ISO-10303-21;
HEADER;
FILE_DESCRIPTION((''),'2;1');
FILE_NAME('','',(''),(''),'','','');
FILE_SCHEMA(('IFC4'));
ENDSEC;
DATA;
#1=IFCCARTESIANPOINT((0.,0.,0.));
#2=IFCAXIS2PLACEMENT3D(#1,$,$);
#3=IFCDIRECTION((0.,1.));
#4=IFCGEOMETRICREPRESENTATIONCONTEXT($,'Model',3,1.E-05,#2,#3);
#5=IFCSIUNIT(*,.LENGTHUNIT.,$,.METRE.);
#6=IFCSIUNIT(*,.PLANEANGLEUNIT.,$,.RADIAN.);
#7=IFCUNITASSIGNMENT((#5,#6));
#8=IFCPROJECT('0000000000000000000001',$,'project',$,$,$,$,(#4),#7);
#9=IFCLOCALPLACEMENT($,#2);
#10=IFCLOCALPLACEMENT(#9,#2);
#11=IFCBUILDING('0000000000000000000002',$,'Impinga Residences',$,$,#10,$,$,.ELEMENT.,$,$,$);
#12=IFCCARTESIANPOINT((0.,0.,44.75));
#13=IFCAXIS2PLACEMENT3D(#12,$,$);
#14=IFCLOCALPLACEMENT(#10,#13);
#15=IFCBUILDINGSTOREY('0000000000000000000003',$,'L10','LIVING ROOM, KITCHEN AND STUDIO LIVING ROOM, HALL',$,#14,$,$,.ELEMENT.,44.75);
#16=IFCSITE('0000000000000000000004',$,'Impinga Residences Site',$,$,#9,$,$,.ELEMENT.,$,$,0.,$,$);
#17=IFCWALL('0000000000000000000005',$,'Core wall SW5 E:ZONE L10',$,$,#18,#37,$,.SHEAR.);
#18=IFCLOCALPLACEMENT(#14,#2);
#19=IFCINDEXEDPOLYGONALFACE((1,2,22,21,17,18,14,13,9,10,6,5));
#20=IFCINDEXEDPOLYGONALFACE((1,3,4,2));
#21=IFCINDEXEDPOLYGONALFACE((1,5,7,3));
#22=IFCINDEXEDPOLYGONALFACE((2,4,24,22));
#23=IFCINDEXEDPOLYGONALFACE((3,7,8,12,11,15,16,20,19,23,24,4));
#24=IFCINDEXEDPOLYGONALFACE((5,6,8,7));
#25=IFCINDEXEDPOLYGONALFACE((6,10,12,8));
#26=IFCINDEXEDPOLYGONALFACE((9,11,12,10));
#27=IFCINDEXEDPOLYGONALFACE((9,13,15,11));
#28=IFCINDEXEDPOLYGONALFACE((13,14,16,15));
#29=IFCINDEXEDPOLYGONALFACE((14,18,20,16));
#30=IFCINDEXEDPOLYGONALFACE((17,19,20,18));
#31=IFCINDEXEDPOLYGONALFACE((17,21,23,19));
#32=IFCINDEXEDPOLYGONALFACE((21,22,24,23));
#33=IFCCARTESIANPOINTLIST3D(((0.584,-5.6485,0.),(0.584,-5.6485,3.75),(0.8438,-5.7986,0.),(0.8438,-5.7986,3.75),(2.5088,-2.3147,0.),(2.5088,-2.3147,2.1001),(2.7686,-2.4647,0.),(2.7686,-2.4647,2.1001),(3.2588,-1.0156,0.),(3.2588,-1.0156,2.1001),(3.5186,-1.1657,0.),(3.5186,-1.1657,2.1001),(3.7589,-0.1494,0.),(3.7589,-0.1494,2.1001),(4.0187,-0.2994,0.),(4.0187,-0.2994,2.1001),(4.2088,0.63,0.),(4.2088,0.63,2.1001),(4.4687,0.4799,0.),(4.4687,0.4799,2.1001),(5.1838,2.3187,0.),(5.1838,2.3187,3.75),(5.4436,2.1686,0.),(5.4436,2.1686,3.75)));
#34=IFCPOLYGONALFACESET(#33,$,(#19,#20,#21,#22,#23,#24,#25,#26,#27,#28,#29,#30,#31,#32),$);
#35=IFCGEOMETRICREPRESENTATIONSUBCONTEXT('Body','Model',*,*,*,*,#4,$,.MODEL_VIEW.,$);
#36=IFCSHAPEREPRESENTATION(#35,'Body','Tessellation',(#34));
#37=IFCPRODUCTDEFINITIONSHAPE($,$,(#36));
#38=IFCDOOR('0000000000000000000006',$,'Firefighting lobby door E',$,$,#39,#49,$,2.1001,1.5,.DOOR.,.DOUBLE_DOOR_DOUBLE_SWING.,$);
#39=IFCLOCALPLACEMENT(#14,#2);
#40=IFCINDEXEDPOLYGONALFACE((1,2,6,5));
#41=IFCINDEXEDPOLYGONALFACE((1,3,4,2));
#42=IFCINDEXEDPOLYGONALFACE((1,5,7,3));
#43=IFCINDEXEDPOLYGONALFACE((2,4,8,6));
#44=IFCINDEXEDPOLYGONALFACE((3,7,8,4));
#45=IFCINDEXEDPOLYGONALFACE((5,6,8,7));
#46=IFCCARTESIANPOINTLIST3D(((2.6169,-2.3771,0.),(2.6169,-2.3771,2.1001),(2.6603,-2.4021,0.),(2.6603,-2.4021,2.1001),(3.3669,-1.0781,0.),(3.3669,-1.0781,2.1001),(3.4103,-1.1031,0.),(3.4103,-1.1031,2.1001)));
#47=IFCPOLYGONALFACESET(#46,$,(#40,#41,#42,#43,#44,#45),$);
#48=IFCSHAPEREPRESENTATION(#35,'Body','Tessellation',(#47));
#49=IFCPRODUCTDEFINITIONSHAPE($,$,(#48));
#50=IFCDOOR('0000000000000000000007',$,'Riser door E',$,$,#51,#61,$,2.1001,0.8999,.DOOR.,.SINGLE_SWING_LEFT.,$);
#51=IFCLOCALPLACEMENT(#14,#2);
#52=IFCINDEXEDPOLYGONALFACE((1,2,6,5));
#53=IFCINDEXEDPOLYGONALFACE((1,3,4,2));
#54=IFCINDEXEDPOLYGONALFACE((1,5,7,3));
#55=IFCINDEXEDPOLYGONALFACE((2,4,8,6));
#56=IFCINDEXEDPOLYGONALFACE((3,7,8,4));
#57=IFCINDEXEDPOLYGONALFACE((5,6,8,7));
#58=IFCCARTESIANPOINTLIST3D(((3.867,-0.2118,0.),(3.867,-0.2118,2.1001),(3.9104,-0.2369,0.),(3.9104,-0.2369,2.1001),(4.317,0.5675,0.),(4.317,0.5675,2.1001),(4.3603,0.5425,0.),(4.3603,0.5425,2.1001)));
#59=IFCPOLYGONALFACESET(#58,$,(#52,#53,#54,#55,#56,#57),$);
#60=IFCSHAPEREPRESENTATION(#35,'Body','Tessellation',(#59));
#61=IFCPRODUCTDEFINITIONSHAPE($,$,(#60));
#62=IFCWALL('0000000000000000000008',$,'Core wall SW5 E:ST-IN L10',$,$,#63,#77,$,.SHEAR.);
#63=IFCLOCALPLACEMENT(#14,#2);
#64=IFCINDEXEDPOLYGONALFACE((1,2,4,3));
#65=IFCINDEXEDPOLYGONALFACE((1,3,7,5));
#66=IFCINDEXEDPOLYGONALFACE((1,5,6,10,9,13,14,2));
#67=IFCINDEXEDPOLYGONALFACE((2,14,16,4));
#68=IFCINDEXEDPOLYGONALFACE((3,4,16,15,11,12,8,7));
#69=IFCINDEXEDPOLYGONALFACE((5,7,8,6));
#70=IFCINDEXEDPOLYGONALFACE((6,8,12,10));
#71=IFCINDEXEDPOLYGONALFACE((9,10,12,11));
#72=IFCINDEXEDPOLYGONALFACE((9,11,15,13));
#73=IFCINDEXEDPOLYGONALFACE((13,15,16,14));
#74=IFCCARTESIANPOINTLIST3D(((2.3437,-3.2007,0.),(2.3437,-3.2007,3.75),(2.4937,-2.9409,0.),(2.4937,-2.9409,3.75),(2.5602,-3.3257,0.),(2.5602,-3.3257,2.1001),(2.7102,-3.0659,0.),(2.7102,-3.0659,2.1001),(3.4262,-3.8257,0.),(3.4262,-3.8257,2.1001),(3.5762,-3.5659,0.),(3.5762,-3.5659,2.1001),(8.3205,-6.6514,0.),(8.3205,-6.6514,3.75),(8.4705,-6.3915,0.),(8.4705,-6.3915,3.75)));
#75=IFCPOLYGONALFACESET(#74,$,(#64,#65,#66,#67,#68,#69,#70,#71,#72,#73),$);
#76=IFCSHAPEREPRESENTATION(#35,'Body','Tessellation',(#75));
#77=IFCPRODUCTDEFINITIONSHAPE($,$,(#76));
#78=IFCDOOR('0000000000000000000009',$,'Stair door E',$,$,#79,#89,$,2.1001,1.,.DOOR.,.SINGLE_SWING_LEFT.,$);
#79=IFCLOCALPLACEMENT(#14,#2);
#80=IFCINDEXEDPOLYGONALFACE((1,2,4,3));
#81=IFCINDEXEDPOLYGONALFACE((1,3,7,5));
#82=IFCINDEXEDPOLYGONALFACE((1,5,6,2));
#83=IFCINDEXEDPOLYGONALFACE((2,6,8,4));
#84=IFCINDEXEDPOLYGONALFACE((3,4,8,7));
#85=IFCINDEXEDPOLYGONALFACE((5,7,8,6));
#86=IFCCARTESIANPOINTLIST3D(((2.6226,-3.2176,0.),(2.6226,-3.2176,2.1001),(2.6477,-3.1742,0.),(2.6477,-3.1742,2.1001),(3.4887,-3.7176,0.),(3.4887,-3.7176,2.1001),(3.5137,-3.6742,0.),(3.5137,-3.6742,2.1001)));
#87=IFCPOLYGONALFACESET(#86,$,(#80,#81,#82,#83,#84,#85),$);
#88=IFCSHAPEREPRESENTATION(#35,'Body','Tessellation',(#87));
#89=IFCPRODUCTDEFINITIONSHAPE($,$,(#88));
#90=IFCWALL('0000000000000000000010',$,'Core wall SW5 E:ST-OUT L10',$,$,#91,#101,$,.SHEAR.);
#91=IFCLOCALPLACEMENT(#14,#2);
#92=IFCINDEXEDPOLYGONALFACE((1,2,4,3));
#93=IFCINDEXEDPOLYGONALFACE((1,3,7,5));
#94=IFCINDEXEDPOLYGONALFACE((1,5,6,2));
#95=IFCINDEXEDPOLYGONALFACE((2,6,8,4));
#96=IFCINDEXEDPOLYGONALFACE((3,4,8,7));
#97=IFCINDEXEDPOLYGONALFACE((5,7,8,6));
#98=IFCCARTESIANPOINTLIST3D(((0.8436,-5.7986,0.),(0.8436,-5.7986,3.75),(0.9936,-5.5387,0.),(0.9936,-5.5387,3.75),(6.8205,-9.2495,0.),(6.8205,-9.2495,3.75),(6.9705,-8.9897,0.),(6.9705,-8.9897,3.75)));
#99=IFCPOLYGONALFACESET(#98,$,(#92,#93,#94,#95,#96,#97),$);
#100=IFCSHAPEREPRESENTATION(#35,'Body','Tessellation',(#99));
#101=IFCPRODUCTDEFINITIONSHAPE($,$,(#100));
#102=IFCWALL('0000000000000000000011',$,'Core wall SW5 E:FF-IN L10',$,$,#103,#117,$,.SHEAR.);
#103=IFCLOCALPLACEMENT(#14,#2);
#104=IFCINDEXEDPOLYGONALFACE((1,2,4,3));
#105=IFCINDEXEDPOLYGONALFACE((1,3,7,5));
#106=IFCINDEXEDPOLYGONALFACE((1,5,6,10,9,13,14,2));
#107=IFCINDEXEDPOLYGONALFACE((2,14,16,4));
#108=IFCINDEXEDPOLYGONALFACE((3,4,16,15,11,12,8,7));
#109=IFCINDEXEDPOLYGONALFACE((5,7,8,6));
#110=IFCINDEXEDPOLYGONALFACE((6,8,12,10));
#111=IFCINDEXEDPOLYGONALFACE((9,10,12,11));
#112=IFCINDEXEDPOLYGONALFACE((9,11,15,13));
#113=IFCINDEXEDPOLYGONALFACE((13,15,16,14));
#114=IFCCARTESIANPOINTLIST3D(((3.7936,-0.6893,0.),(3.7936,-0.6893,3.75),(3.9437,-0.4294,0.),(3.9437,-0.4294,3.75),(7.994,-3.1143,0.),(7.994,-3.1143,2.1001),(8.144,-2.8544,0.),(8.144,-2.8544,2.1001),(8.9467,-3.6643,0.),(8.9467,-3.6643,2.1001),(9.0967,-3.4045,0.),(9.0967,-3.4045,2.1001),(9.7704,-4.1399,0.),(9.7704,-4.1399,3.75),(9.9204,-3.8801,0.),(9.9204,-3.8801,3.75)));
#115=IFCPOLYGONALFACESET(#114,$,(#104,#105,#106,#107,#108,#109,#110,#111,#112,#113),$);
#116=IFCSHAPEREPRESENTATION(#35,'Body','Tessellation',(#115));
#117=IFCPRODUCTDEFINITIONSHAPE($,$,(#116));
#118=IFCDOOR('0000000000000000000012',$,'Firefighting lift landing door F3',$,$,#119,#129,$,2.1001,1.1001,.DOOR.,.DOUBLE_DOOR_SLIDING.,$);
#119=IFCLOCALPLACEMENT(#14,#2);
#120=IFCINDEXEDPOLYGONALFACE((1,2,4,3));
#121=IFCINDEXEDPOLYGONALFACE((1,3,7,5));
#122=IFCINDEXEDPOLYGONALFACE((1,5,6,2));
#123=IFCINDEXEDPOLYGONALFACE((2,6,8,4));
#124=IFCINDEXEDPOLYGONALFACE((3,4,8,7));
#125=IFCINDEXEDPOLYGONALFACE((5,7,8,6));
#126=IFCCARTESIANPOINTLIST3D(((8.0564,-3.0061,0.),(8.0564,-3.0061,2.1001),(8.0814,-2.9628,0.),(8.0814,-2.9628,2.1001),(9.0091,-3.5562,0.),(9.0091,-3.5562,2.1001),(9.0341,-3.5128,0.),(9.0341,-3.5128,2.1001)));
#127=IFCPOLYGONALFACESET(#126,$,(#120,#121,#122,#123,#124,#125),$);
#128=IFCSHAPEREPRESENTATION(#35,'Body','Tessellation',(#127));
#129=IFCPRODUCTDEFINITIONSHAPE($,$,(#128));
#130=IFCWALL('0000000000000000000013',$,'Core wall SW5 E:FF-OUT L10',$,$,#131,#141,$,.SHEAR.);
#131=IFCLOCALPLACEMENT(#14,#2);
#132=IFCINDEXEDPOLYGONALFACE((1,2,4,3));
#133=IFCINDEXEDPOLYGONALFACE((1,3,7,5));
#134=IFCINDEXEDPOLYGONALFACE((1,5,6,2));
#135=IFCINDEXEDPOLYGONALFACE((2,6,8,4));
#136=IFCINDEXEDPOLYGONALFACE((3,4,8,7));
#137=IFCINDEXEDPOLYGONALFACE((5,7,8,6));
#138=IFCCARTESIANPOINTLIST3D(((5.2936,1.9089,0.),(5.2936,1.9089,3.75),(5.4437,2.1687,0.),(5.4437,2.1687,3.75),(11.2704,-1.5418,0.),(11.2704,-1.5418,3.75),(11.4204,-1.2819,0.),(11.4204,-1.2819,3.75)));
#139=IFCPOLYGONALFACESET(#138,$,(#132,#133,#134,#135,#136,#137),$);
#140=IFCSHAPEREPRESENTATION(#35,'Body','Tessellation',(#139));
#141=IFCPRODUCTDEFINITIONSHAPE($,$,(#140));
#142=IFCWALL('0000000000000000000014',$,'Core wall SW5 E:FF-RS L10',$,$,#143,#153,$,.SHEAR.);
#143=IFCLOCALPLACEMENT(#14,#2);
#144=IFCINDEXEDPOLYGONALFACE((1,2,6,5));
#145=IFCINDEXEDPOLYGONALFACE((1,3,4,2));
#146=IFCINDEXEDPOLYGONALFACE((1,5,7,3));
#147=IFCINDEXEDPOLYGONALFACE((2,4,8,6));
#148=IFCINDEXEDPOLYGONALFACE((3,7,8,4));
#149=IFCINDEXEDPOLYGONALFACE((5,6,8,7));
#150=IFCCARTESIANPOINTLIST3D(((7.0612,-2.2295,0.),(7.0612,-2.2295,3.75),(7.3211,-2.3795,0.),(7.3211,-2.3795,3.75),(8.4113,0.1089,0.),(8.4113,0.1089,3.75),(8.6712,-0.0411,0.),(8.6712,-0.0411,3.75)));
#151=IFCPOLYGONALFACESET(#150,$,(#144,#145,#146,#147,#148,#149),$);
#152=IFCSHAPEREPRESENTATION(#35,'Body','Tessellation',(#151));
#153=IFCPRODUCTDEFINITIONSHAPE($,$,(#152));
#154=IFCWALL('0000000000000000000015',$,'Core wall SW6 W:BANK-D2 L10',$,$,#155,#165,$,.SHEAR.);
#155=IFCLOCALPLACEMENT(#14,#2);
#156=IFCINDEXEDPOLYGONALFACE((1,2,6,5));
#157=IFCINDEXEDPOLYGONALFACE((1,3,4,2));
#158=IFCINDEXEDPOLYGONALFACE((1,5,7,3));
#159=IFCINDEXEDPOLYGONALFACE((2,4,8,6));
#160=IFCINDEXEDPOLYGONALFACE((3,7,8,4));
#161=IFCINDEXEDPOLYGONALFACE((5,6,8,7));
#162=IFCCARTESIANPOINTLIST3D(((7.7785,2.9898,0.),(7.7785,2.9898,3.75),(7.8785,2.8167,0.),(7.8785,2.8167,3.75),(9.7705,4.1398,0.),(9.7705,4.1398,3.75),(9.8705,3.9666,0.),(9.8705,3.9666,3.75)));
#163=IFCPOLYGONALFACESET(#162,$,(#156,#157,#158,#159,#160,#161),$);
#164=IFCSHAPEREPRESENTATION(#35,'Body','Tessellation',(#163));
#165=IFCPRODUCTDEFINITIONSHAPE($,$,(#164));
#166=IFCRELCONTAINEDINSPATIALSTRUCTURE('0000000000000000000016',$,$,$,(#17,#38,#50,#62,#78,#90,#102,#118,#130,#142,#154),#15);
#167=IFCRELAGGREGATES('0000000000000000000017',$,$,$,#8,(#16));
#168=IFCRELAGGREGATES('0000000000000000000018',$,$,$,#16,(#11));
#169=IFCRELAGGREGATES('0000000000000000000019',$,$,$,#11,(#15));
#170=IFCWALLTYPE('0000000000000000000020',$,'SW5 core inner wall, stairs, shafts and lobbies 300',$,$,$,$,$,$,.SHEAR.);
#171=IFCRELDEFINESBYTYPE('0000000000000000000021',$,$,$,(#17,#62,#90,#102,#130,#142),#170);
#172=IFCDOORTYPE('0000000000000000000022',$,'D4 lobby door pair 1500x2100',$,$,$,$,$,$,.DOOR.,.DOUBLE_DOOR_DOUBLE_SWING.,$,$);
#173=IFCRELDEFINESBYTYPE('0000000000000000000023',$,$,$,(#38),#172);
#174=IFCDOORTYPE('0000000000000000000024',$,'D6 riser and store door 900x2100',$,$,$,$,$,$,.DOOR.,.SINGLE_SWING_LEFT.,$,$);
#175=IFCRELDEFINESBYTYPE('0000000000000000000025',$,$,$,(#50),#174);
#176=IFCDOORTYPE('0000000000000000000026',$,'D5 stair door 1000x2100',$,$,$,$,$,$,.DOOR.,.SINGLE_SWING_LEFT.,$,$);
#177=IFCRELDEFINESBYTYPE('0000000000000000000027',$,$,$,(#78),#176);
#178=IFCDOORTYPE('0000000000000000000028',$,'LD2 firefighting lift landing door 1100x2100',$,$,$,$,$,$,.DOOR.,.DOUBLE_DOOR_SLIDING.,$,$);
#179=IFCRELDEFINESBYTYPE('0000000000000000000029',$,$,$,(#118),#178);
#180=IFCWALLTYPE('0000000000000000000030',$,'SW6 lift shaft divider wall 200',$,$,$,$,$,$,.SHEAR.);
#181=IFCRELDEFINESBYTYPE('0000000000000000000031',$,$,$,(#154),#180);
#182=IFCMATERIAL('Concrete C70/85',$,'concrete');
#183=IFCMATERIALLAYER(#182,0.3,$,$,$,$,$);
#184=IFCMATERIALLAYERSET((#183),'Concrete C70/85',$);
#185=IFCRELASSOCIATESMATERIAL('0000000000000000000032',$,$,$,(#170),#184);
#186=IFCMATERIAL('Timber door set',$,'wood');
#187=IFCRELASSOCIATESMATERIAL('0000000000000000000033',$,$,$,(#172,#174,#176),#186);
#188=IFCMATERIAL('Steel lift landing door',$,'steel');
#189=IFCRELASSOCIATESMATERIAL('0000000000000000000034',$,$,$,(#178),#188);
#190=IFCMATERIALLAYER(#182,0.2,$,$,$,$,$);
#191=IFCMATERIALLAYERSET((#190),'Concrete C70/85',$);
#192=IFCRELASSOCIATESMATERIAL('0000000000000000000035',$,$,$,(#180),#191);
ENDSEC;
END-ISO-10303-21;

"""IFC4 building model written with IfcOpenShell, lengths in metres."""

from ifc_helpers import new_model, si_unit, direction, frame, frame_2d, origin, place, context, subcontext, project, spatial, rectangle, extrude, material, layer, layer_set, type_object, element, fill, save


model = new_model("IFC4")

# Units and contexts
model_context = context("Model", 3, precision=1e-05, world=origin(), true_north=direction((0.0, 1.0)))
body_context = subcontext(model_context, "Body", "Model", "MODEL_VIEW")
ifc_project = project(units=[si_unit("LENGTHUNIT", "METRE"), si_unit("PLANEANGLEUNIT", "RADIAN")], contexts=[model_context])

# Site, building, storey
site_placement = place(None, origin())
site = spatial("IfcSite", under=ifc_project, at=site_placement, Name="Impinga Residences Site", CompositionType="ELEMENT", RefElevation=0.0)
building_placement = place(site_placement, origin())
building = spatial("IfcBuilding", under=site, at=building_placement, Name="Impinga Residences", CompositionType="ELEMENT")
storey_placement = place(building_placement, frame((0.0, 0.0, 44.75)))
storey = spatial("IfcBuildingStorey", under=building, at=storey_placement, Name="L10", Description="LIVING ROOM, KITCHEN AND STUDIO LIVING ROOM, HALL", CompositionType="ELEMENT", Elevation=44.75)

# Wall, openings, doors
ifc_material_1 = material(Name="Concrete C70/85", Category="concrete")
ifc_layer_1 = layer(ifc_material_1, 0.3)
ifc_layer_set_1 = layer_set([ifc_layer_1], Name="Concrete C70/85")
wall_type_1 = type_object("IfcWallType", Name="SW5 core inner wall, stairs, shafts and lobbies 300", PredefinedType="SHEAR", material=ifc_layer_set_1)
wall_1_placement = place(storey_placement, frame((5.3137, 2.2437, 0.0), z_axis=(0.0, 0.0, 1.0), x_axis=(-0.499995, -0.866028, 0.0)))
wall_1 = element("IfcWall", 1, at=wall_1_placement, inside=storey, type_object=wall_type_1, Name="Core wall SW5 E:ZONE L10", PredefinedType="SHEAR", context=body_context, shape_type="SweptSolid", body=[
    extrude(rectangle(XDim=9.1997, YDim=0.3, at=frame_2d((4.5999, 0.0))), origin(), (0.0, 0.0, 1.0), 3.75),
])
opening_1_placement = place(wall_1_placement, frame((3.8501, 0.0, 0.0)))
opening_1 = element("IfcOpeningElement", 2, at=opening_1_placement, cuts=wall_1, PredefinedType="OPENING", context=body_context, shape_type="SweptSolid", body=[
    extrude(rectangle(XDim=1.5, YDim=2.1001, at=frame_2d((0.75, 1.05))), frame((0.0, 0.1599, 0.0), z_axis=(0.0, -1.0, 0.0), x_axis=(1.0, 0.0, 0.0)), (0.0, 0.0, 1.0), 0.3201),
])
opening_2_placement = place(wall_1_placement, frame((1.95, 0.0, 0.0)))
opening_2 = element("IfcOpeningElement", 3, at=opening_2_placement, cuts=wall_1, PredefinedType="OPENING", context=body_context, shape_type="SweptSolid", body=[
    extrude(rectangle(XDim=0.8999, YDim=2.1001, at=frame_2d((0.45, 1.05))), frame((0.0, 0.1599, 0.0), z_axis=(0.0, -1.0, 0.0), x_axis=(1.0, 0.0, 0.0)), (0.0, 0.0, 1.0), 0.3201),
])
ifc_material_2 = material(Name="Timber door set", Category="wood")
door_type_1 = type_object("IfcDoorType", Name="D4 lobby door pair 1500x2100", OperationType="DOUBLE_DOOR_DOUBLE_SWING", PredefinedType="DOOR", material=ifc_material_2)
door_1_placement = place(opening_1_placement, origin())
door_1 = element("IfcDoor", 4, at=door_1_placement, inside=storey, type_object=door_type_1, Name="Firefighting lobby door E", OperationType="DOUBLE_DOOR_DOUBLE_SWING", OverallHeight=2.1001, OverallWidth=1.5, PredefinedType="DOOR", context=body_context, shape_type="SweptSolid", body=[
    extrude(rectangle(XDim=1.5, YDim=2.1001, at=frame_2d((0.75, 1.05))), frame((0.0, 0.0249, 0.0), z_axis=(0.0, -1.0, 0.0), x_axis=(1.0, 0.0, 0.0)), (0.0, 0.0, 1.0), 0.05),
])
fill(opening_1, door_1)
door_type_2 = type_object("IfcDoorType", Name="D6 riser and store door 900x2100", OperationType="SINGLE_SWING_LEFT", PredefinedType="DOOR", material=ifc_material_2)
door_2_placement = place(opening_2_placement, origin())
door_2 = element("IfcDoor", 5, at=door_2_placement, inside=storey, type_object=door_type_2, Name="Riser door E", OperationType="SINGLE_SWING_LEFT", OverallHeight=2.1001, OverallWidth=0.8999, PredefinedType="DOOR", context=body_context, shape_type="SweptSolid", body=[
    extrude(rectangle(XDim=0.8999, YDim=2.1001, at=frame_2d((0.45, 1.05))), frame((0.0, 0.0249, 0.0), z_axis=(0.0, -1.0, 0.0), x_axis=(1.0, 0.0, 0.0)), (0.0, 0.0, 1.0), 0.05),
])
fill(opening_2, door_2)

# Wall, opening, door
wall_2_placement = place(storey_placement, frame((2.4187, -3.0708, 0.0), z_axis=(0.0, 0.0, 1.0), x_axis=(0.866027, -0.499997, 0.0)))
wall_2 = element("IfcWall", 6, at=wall_2_placement, inside=storey, type_object=wall_type_1, Name="Core wall SW5 E:ST-IN L10", PredefinedType="SHEAR", context=body_context, shape_type="SweptSolid", body=[
    extrude(rectangle(XDim=6.9014, YDim=0.3, at=frame_2d((3.4507, 0.0))), origin(), (0.0, 0.0, 1.0), 3.75),
])
opening_3_placement = place(wall_2_placement, frame((0.25, 0.0, 0.0)))
opening_3 = element("IfcOpeningElement", 7, at=opening_3_placement, cuts=wall_2, PredefinedType="OPENING", context=body_context, shape_type="SweptSolid", body=[
    extrude(rectangle(XDim=1.0, YDim=2.1001, at=frame_2d((0.5, 1.05))), frame((0.0, 0.1599, 0.0), z_axis=(0.0, -1.0, 0.0), x_axis=(1.0, 0.0, 0.0)), (0.0, 0.0, 1.0), 0.3201),
])
door_type_3 = type_object("IfcDoorType", Name="D5 stair door 1000x2100", OperationType="SINGLE_SWING_LEFT", PredefinedType="DOOR", material=ifc_material_2)
door_3_placement = place(opening_3_placement, origin())
door_3 = element("IfcDoor", 8, at=door_3_placement, inside=storey, type_object=door_type_3, Name="Stair door E", OperationType="SINGLE_SWING_LEFT", OverallHeight=2.1001, OverallWidth=1.0, PredefinedType="DOOR", context=body_context, shape_type="SweptSolid", body=[
    extrude(rectangle(XDim=1.0, YDim=2.1001, at=frame_2d((0.5, 1.05))), frame((0.0, 0.0249, 0.0), z_axis=(0.0, -1.0, 0.0), x_axis=(1.0, 0.0, 0.0)), (0.0, 0.0, 1.0), 0.05),
])
fill(opening_3, door_3)

# Wall
wall_3_placement = place(storey_placement, frame((0.9187, -5.6687, 0.0), z_axis=(0.0, 0.0, 1.0), x_axis=(0.866012, -0.500024, 0.0)))
element("IfcWall", 9, at=wall_3_placement, inside=storey, type_object=wall_type_1, Name="Core wall SW5 E:ST-OUT L10", PredefinedType="SHEAR", context=body_context, shape_type="SweptSolid", body=[
    extrude(rectangle(XDim=6.9016, YDim=0.3, at=frame_2d((3.4507, 0.0))), origin(), (0.0, 0.0, 1.0), 3.75),
])

# Wall, opening, door
wall_4_placement = place(storey_placement, frame((3.8687, -0.5593, 0.0), z_axis=(0.0, 0.0, 1.0), x_axis=(0.866027, -0.499997, 0.0)))
wall_4 = element("IfcWall", 10, at=wall_4_placement, inside=storey, type_object=wall_type_1, Name="Core wall SW5 E:FF-IN L10", PredefinedType="SHEAR", context=body_context, shape_type="SweptSolid", body=[
    extrude(rectangle(XDim=6.9014, YDim=0.3, at=frame_2d((3.4507, 0.0))), origin(), (0.0, 0.0, 1.0), 3.75),
])
opening_4_placement = place(wall_4_placement, frame((4.8501, 0.0, 0.0)))
opening_4 = element("IfcOpeningElement", 11, at=opening_4_placement, cuts=wall_4, PredefinedType="OPENING", context=body_context, shape_type="SweptSolid", body=[
    extrude(rectangle(XDim=1.1001, YDim=2.1001, at=frame_2d((0.55, 1.05))), frame((0.0, 0.1599, 0.0), z_axis=(0.0, -1.0, 0.0), x_axis=(1.0, 0.0, 0.0)), (0.0, 0.0, 1.0), 0.3201),
])
ifc_material_3 = material(Name="Steel lift landing door", Category="steel")
door_type_4 = type_object("IfcDoorType", Name="LD2 firefighting lift landing door 1100x2100", OperationType="DOUBLE_DOOR_SLIDING", PredefinedType="DOOR", material=ifc_material_3)
door_4_placement = place(opening_4_placement, origin())
door_4 = element("IfcDoor", 12, at=door_4_placement, inside=storey, type_object=door_type_4, Name="Firefighting lift landing door F3", OperationType="DOUBLE_DOOR_SLIDING", OverallHeight=2.1001, OverallWidth=1.1001, PredefinedType="DOOR", context=body_context, shape_type="SweptSolid", body=[
    extrude(rectangle(XDim=1.1001, YDim=2.1001, at=frame_2d((0.55, 1.05))), frame((0.0, 0.0249, 0.0), z_axis=(0.0, -1.0, 0.0), x_axis=(1.0, 0.0, 0.0)), (0.0, 0.0, 1.0), 0.05),
])
fill(opening_4, door_4)

# Walls
wall_5_placement = place(storey_placement, frame((5.3687, 2.0388, 0.0), z_axis=(0.0, 0.0, 1.0), x_axis=(0.866027, -0.499997, 0.0)))
element("IfcWall", 13, at=wall_5_placement, inside=storey, type_object=wall_type_1, Name="Core wall SW5 E:FF-OUT L10", PredefinedType="SHEAR", context=body_context, shape_type="SweptSolid", body=[
    extrude(rectangle(XDim=6.9014, YDim=0.3, at=frame_2d((3.4507, 0.0))), origin(), (0.0, 0.0, 1.0), 3.75),
])
wall_6_placement = place(storey_placement, frame((8.5413, 0.0339, 0.0), z_axis=(0.0, 0.0, 1.0), x_axis=(-0.500009, -0.86602, 0.0)))
element("IfcWall", 14, at=wall_6_placement, inside=storey, type_object=wall_type_1, Name="Core wall SW5 E:FF-RS L10", PredefinedType="SHEAR", context=body_context, shape_type="SweptSolid", body=[
    extrude(rectangle(XDim=2.7002, YDim=0.3, at=frame_2d((1.3501, 0.0))), origin(), (0.0, 0.0, 1.0), 3.75),
])
ifc_layer_2 = layer(ifc_material_1, 0.2)
ifc_layer_set_2 = layer_set([ifc_layer_2], Name="Concrete C70/85")
wall_type_2 = type_object("IfcWallType", Name="SW6 lift shaft divider wall 200", PredefinedType="SHEAR", material=ifc_layer_set_2)
wall_7_placement = place(storey_placement, frame((7.8286, 2.9033, 0.0), z_axis=(0.0, 0.0, 1.0), x_axis=(0.866053, 0.499952, 0.0)))
element("IfcWall", 15, at=wall_7_placement, inside=storey, type_object=wall_type_2, Name="Core wall SW6 W:BANK-D2 L10", PredefinedType="SHEAR", context=body_context, shape_type="SweptSolid", body=[
    extrude(rectangle(XDim=2.3, YDim=0.2, at=frame_2d((1.1499, 0.0))), origin(), (0.0, 0.0, 1.0), 3.75),
])

save(model, "model.ifc")
